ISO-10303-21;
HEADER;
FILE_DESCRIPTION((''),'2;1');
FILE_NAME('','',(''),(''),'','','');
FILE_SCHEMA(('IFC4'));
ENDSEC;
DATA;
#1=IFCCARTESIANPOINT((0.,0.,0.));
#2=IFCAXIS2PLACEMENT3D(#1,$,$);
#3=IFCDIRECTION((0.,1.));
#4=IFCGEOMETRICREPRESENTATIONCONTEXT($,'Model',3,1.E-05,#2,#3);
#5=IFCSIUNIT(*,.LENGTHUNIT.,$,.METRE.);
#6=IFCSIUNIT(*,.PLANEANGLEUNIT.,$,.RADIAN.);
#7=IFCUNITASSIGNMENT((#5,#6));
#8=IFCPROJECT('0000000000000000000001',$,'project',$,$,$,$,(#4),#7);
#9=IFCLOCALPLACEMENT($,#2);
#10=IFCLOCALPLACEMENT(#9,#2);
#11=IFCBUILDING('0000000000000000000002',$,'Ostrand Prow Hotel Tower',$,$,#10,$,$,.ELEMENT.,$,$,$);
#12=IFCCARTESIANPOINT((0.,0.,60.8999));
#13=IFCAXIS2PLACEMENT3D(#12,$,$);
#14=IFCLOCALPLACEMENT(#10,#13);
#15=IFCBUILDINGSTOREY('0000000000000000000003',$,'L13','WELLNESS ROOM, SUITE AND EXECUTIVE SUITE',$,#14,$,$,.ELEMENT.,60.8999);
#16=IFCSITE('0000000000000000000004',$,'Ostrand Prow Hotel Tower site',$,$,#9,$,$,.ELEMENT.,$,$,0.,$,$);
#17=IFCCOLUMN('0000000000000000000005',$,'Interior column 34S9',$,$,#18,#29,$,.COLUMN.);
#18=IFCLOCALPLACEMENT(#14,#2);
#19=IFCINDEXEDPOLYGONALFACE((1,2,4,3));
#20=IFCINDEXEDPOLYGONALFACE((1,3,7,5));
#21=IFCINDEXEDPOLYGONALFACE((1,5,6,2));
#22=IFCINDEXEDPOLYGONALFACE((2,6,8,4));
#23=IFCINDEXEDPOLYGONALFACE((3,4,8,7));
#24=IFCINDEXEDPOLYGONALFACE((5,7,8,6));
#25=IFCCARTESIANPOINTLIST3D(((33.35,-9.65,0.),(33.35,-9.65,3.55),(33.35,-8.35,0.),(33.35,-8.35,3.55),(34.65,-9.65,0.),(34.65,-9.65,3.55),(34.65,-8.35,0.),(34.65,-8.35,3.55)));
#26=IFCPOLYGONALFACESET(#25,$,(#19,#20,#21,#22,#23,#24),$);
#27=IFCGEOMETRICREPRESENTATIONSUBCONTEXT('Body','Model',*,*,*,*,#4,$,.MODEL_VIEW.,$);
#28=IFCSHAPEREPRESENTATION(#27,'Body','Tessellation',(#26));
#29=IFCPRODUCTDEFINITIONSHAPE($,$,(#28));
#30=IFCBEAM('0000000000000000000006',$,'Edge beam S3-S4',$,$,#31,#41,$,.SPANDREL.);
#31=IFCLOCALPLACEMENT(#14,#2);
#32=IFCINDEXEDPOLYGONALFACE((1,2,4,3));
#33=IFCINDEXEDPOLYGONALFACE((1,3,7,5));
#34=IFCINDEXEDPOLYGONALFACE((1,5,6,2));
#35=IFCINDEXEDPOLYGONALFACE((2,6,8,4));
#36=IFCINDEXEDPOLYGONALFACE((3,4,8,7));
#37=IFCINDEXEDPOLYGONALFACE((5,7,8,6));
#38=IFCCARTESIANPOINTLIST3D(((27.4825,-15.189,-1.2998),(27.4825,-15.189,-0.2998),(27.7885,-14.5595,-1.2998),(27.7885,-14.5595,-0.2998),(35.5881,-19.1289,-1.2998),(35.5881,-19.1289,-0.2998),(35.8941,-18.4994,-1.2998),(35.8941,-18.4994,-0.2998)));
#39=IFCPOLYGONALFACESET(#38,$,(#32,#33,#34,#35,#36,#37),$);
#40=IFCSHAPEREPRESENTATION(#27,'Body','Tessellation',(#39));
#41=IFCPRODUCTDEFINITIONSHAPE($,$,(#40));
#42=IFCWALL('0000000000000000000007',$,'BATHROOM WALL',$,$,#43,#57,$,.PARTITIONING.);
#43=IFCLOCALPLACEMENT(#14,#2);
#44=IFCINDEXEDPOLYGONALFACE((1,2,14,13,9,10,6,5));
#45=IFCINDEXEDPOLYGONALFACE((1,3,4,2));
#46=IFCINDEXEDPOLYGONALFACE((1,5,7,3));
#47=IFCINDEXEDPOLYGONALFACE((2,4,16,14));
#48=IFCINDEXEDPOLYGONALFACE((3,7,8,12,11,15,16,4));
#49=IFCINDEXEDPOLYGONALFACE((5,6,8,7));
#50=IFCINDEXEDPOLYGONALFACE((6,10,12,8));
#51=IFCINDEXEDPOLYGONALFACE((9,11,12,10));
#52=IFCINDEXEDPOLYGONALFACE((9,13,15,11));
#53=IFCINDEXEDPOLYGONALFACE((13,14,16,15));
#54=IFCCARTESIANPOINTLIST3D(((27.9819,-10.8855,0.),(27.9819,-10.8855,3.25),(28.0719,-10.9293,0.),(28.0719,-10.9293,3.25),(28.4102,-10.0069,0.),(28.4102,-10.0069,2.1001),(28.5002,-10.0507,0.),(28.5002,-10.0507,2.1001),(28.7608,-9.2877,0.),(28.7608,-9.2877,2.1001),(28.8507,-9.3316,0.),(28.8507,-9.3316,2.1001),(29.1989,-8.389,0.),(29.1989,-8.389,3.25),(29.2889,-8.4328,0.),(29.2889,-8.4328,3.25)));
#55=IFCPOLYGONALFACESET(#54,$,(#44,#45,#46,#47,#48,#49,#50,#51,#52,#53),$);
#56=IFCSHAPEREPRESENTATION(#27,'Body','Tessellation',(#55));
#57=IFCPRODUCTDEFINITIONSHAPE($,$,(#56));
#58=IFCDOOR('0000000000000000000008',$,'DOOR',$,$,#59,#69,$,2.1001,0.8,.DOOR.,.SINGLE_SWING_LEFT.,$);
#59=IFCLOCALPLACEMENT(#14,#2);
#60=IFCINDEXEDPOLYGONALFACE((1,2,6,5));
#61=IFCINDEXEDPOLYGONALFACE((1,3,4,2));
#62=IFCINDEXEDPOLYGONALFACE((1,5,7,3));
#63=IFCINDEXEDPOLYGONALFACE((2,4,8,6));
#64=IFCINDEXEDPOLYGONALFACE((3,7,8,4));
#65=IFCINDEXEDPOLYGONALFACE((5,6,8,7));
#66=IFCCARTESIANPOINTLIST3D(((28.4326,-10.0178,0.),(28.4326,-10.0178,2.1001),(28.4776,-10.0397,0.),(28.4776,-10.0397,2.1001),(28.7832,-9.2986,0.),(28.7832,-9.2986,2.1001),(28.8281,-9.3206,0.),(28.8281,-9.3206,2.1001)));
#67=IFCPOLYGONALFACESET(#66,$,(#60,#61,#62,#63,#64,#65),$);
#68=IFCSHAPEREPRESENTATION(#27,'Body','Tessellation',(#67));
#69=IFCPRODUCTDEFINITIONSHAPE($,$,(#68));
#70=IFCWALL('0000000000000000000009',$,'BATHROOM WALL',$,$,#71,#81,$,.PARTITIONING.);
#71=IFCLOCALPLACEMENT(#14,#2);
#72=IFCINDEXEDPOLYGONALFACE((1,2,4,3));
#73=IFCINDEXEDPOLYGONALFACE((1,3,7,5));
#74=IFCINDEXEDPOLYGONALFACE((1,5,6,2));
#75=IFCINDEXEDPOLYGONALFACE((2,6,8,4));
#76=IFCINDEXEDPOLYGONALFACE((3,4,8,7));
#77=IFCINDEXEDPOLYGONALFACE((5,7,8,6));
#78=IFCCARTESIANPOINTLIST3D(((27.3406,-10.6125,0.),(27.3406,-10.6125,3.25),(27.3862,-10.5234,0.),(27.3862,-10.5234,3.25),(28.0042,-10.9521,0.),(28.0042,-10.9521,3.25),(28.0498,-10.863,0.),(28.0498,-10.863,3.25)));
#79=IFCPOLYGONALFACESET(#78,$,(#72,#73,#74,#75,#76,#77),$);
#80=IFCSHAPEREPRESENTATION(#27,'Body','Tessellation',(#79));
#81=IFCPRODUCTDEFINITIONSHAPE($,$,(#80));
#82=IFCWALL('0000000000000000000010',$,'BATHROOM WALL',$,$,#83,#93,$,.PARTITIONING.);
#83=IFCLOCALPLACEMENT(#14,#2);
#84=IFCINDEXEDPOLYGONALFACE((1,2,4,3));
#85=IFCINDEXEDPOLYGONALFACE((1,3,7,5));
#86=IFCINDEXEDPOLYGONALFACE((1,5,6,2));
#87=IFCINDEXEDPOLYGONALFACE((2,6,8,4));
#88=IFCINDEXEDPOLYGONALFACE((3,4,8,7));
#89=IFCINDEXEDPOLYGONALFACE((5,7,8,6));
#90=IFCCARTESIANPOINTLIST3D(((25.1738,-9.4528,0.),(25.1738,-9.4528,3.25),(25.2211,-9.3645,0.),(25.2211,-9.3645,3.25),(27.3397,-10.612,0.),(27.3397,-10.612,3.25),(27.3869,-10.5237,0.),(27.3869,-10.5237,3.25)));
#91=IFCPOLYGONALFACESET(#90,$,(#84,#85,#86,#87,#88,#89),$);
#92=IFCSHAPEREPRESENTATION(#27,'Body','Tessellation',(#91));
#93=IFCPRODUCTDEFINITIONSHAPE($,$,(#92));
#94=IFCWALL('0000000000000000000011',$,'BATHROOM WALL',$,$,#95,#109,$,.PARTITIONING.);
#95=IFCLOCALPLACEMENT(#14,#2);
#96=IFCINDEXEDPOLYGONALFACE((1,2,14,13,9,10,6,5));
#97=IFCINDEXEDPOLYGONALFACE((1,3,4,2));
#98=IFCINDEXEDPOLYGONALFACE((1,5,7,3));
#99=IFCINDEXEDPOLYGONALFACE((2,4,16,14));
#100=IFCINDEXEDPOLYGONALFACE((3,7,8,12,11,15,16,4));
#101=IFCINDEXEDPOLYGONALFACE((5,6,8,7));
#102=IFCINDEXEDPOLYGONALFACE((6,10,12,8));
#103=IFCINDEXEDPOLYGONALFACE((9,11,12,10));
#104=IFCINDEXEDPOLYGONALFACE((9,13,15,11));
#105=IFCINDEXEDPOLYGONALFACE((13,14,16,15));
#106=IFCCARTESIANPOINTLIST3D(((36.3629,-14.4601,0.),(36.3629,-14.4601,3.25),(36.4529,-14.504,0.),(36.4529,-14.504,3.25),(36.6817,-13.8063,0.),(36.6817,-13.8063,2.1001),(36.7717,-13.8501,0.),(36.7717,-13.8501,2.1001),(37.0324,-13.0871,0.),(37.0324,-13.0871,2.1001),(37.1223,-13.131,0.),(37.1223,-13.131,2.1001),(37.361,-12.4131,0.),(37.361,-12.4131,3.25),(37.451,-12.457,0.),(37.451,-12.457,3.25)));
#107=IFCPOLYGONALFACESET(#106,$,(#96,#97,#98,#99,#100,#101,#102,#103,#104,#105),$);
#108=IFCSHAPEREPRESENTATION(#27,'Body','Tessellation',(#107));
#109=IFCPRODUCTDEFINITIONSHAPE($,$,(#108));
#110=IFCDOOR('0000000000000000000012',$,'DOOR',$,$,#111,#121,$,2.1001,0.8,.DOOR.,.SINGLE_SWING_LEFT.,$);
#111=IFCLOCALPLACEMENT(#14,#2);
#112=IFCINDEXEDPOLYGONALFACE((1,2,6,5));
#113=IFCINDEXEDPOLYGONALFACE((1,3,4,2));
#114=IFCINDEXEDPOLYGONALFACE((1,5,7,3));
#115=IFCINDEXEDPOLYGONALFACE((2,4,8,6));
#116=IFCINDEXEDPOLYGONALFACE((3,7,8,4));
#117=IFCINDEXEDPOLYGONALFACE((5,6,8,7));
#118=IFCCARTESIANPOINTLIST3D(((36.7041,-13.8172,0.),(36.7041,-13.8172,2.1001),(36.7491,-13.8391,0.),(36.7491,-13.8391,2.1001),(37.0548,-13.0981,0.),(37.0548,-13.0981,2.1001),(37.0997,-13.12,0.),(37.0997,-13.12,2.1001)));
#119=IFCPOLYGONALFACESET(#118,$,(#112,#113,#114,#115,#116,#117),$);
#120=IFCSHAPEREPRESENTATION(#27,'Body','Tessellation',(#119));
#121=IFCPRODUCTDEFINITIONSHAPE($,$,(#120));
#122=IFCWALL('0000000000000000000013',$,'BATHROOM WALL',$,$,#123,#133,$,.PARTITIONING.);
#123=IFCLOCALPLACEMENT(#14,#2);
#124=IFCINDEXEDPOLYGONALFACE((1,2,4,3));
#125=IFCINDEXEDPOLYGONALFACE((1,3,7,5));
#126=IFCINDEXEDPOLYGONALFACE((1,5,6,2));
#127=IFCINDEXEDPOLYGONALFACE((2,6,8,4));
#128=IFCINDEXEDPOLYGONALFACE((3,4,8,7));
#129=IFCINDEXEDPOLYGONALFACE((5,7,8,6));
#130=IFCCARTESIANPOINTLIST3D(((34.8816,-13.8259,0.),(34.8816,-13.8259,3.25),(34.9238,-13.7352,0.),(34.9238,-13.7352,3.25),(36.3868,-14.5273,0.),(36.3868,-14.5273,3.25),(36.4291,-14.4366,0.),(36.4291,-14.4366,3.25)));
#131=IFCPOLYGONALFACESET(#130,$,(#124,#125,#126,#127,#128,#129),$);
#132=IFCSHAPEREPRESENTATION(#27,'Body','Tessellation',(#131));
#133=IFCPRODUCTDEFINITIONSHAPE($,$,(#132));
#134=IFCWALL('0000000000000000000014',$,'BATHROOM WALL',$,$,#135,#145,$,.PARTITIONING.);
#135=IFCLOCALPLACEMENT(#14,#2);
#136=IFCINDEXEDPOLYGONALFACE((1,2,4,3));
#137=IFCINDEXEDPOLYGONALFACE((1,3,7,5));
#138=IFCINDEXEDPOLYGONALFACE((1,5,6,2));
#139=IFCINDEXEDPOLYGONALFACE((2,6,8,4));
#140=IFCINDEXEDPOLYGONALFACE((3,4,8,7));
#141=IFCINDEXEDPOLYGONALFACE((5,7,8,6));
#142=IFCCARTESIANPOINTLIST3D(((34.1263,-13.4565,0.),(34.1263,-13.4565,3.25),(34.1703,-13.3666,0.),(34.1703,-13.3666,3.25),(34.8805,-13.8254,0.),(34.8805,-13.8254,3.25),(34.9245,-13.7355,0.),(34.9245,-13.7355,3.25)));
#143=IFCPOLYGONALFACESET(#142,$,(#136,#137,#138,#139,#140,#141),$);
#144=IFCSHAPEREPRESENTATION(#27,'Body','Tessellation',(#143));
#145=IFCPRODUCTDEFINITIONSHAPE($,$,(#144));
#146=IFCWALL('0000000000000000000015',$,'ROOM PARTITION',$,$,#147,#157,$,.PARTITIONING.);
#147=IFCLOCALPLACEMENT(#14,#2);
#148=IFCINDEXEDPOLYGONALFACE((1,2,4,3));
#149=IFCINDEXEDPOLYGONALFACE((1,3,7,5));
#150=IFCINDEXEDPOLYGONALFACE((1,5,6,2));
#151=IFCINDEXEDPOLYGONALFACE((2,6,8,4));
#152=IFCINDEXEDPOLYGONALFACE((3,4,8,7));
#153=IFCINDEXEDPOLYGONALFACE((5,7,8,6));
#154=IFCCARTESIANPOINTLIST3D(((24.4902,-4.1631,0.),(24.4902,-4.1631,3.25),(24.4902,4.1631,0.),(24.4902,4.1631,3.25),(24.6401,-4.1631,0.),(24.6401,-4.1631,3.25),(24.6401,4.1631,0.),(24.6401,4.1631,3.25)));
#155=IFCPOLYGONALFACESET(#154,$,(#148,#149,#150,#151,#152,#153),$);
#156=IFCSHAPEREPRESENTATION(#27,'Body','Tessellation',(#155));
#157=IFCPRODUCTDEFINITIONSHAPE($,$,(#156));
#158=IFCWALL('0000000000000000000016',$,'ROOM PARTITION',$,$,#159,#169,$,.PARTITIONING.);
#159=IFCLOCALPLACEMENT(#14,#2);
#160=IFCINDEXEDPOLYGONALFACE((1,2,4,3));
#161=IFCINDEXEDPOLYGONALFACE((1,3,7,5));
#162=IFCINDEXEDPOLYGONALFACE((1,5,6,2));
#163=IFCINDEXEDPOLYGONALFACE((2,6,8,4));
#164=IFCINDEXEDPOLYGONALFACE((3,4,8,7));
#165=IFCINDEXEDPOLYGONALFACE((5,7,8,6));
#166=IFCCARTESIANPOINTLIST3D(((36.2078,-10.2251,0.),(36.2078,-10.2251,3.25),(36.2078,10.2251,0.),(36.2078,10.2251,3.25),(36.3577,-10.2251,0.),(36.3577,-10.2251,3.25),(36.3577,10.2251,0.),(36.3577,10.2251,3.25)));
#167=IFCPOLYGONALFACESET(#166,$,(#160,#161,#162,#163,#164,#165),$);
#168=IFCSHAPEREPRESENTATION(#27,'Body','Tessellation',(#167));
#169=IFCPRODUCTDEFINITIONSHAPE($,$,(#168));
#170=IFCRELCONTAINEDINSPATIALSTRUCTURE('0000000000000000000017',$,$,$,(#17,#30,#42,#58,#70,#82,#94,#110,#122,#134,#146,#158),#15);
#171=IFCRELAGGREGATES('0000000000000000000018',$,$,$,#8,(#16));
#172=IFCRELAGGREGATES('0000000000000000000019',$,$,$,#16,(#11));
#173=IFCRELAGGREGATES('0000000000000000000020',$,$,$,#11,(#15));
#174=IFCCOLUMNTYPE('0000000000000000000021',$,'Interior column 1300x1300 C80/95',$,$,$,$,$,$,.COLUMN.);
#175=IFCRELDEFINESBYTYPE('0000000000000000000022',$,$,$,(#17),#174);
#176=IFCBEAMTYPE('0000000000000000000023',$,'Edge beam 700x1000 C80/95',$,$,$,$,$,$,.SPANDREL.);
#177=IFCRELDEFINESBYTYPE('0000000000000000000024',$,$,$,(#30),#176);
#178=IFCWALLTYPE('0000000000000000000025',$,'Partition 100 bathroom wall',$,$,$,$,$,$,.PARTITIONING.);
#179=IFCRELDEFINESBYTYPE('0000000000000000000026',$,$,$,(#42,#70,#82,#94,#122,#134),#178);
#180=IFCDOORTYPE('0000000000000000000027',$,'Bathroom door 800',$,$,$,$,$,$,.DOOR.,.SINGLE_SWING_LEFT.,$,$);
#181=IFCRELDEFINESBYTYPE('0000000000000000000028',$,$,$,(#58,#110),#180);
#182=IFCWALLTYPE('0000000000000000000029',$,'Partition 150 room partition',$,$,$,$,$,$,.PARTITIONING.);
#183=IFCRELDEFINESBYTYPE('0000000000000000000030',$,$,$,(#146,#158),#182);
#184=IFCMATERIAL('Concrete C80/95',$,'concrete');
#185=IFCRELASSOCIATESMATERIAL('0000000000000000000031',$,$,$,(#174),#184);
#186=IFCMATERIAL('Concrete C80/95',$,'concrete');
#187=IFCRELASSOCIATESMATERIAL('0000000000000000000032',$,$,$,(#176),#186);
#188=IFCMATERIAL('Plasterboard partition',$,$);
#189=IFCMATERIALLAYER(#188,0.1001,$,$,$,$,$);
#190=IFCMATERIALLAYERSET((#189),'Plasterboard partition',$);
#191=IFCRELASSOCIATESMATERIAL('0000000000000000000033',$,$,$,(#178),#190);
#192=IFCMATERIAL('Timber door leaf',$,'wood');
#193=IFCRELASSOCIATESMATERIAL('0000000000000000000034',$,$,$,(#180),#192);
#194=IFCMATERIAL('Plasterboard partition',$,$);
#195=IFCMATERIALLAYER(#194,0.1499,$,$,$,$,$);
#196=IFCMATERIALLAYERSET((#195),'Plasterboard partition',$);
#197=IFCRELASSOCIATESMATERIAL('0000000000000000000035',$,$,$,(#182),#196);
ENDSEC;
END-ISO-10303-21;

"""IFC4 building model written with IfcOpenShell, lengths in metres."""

from ifc_helpers import new_model, si_unit, direction, frame, frame_2d, origin, origin_2d, place, context, subcontext, project, spatial, rectangle, extrude, material, layer, layer_set, material_profile, profile_set, type_object, element, fill, save


model = new_model("IFC4")

# Units and contexts
model_context = context("Model", 3, precision=1e-05, world=origin(), true_north=direction((0.0, 1.0)))
body_context = subcontext(model_context, "Body", "Model", "MODEL_VIEW")
ifc_project = project(units=[si_unit("LENGTHUNIT", "METRE"), si_unit("PLANEANGLEUNIT", "RADIAN")], contexts=[model_context])

# Site, building, storey
site_placement = place(None, origin())
site = spatial("IfcSite", under=ifc_project, at=site_placement, Name="Ostrand Prow Hotel Tower site", CompositionType="ELEMENT", RefElevation=0.0)
building_placement = place(site_placement, origin())
building = spatial("IfcBuilding", under=site, at=building_placement, Name="Ostrand Prow Hotel Tower", CompositionType="ELEMENT")
storey_placement = place(building_placement, frame((0.0, 0.0, 60.8999)))
storey = spatial("IfcBuildingStorey", under=building, at=storey_placement, Name="L13", Description="WELLNESS ROOM, SUITE AND EXECUTIVE SUITE", CompositionType="ELEMENT", Elevation=60.8999)

# Column
ifc_material_1 = material(Name="Concrete C80/95", Category="concrete")
ifc_material_profile_1 = material_profile(ifc_material_1, rectangle(XDim=1.3, YDim=1.3, at=origin_2d()), Name="RC 1300x1300")
ifc_profile_set_1 = profile_set([ifc_material_profile_1], Name="Concrete C80/95")
column_type = type_object("IfcColumnType", Name="Interior column 1300x1300 C80/95", PredefinedType="COLUMN", material=ifc_profile_set_1)
column_placement = place(storey_placement, frame((34.0, -9.0, 0.0), z_axis=(0.0, 0.0, 1.0), x_axis=(1.0, 0.0, 0.0)))
element("IfcColumn", 1, at=column_placement, inside=storey, type_object=column_type, Name="Interior column 34S9", PredefinedType="COLUMN", context=body_context, shape_type="SweptSolid", body=[
    extrude(rectangle(XDim=1.3, YDim=1.3, at=origin_2d()), origin(), (0.0, 0.0, 1.0), 3.55),
])

# Beam
ifc_material_2 = material(Name="Concrete C80/95", Category="concrete")
ifc_material_profile_2 = material_profile(ifc_material_2, rectangle(XDim=0.7, YDim=1.0, at=origin_2d()), Name="RC 700x1000")
ifc_profile_set_2 = profile_set([ifc_material_profile_2], Name="Concrete C80/95")
beam_type = type_object("IfcBeamType", Name="Edge beam 700x1000 C80/95", PredefinedType="SPANDREL", material=ifc_profile_set_2)
beam_placement = place(storey_placement, frame((27.6355, -14.8743, -0.7998), z_axis=(0.899382, -0.437163, 0.0), x_axis=(0.437163, 0.899382, 0.0)))
element("IfcBeam", 2, at=beam_placement, inside=storey, type_object=beam_type, Name="Edge beam S3-S4", PredefinedType="SPANDREL", context=body_context, shape_type="SweptSolid", body=[
    extrude(rectangle(XDim=0.7, YDim=1.0, at=origin_2d()), origin(), (0.0, 0.0, 1.0), 9.0125),
])

# Wall, opening, door
ifc_material_3 = material(Name="Plasterboard partition")
ifc_layer_1 = layer(ifc_material_3, 0.1001)
ifc_layer_set_1 = layer_set([ifc_layer_1], Name="Plasterboard partition")
wall_type_1 = type_object("IfcWallType", Name="Partition 100 bathroom wall", PredefinedType="PARTITIONING", material=ifc_layer_set_1)
wall_1_placement = place(storey_placement, frame((29.2439, -8.4109, 0.0), z_axis=(0.0, 0.0, 1.0), x_axis=(-0.43819, -0.898882, 0.0)))
wall_1 = element("IfcWall", 3, at=wall_1_placement, inside=storey, type_object=wall_type_1, Name="BATHROOM WALL", PredefinedType="PARTITIONING", context=body_context, shape_type="SweptSolid", body=[
    extrude(rectangle(XDim=2.7773, YDim=0.1001, at=frame_2d((1.3887, 0.0))), origin(), (0.0, 0.0, 1.0), 3.25),
])
opening_1_placement = place(wall_1_placement, frame((1.0, 0.0, 0.0)))
opening_1 = element("IfcOpeningElement", 4, at=opening_1_placement, cuts=wall_1, PredefinedType="OPENING", context=body_context, shape_type="SweptSolid", body=[
    extrude(rectangle(XDim=0.8, YDim=2.1001, at=frame_2d((0.3999, 1.05))), frame((0.0, 0.0601, 0.0), z_axis=(0.0, -1.0, 0.0), x_axis=(1.0, 0.0, 0.0)), (0.0, 0.0, 1.0), 0.1201),
])
ifc_material_4 = material(Name="Timber door leaf", Category="wood")
door_type_1 = type_object("IfcDoorType", Name="Bathroom door 800", OperationType="SINGLE_SWING_LEFT", PredefinedType="DOOR", material=ifc_material_4)
door_1_placement = place(opening_1_placement, origin())
door_1 = element("IfcDoor", 5, at=door_1_placement, inside=storey, type_object=door_type_1, Name="DOOR", OperationType="SINGLE_SWING_LEFT", OverallHeight=2.1001, OverallWidth=0.8, PredefinedType="DOOR", context=body_context, shape_type="SweptSolid", body=[
    extrude(rectangle(XDim=0.8, YDim=2.1001, at=frame_2d((0.3999, 1.05))), frame((0.0, 0.0249, 0.0), z_axis=(0.0, -1.0, 0.0), x_axis=(1.0, 0.0, 0.0)), (0.0, 0.0, 1.0), 0.05),
])
fill(opening_1, door_1)

# Walls
wall_2_placement = place(storey_placement, frame((28.0269, -10.9075, 0.0), z_axis=(0.0, 0.0, 1.0), x_axis=(-0.890196, 0.455578, 0.0)))
element("IfcWall", 6, at=wall_2_placement, inside=storey, type_object=wall_type_1, Name="BATHROOM WALL", PredefinedType="PARTITIONING", context=body_context, shape_type="SweptSolid", body=[
    extrude(rectangle(XDim=0.7454, YDim=0.1001, at=frame_2d((0.3726, 0.0))), origin(), (0.0, 0.0, 1.0), 3.25),
])
wall_3_placement = place(storey_placement, frame((27.3633, -10.5679, 0.0), z_axis=(0.0, 0.0, 1.0), x_axis=(-0.881659, 0.471888, 0.0)))
element("IfcWall", 7, at=wall_3_placement, inside=storey, type_object=wall_type_1, Name="BATHROOM WALL", PredefinedType="PARTITIONING", context=body_context, shape_type="SweptSolid", body=[
    extrude(rectangle(XDim=2.4565, YDim=0.1001, at=frame_2d((1.2283, 0.0))), origin(), (0.0, 0.0, 1.0), 3.25),
])

# Wall, opening, door
wall_4_placement = place(storey_placement, frame((37.406, -12.4351, 0.0), z_axis=(0.0, 0.0, 1.0), x_axis=(-0.438272, -0.898843, 0.0)))
wall_4 = element("IfcWall", 8, at=wall_4_placement, inside=storey, type_object=wall_type_1, Name="BATHROOM WALL", PredefinedType="PARTITIONING", context=body_context, shape_type="SweptSolid", body=[
    extrude(rectangle(XDim=2.2773, YDim=0.1001, at=frame_2d((1.1387, 0.0))), origin(), (0.0, 0.0, 1.0), 3.25),
])
opening_2_placement = place(wall_4_placement, frame((0.75, 0.0, 0.0)))
opening_2 = element("IfcOpeningElement", 9, at=opening_2_placement, cuts=wall_4, PredefinedType="OPENING", context=body_context, shape_type="SweptSolid", body=[
    extrude(rectangle(XDim=0.8, YDim=2.1001, at=frame_2d((0.3999, 1.05))), frame((0.0, 0.0601, 0.0), z_axis=(0.0, -1.0, 0.0), x_axis=(1.0, 0.0, 0.0)), (0.0, 0.0, 1.0), 0.1201),
])
door_2_placement = place(opening_2_placement, origin())
door_2 = element("IfcDoor", 10, at=door_2_placement, inside=storey, type_object=door_type_1, Name="DOOR", OperationType="SINGLE_SWING_LEFT", OverallHeight=2.1001, OverallWidth=0.8, PredefinedType="DOOR", context=body_context, shape_type="SweptSolid", body=[
    extrude(rectangle(XDim=0.8, YDim=2.1001, at=frame_2d((0.3999, 1.05))), frame((0.0, 0.0249, 0.0), z_axis=(0.0, -1.0, 0.0), x_axis=(1.0, 0.0, 0.0)), (0.0, 0.0, 1.0), 0.05),
])
fill(opening_2, door_2)

# Walls
wall_5_placement = place(storey_placement, frame((36.408, -14.4819, 0.0), z_axis=(0.0, 0.0, 1.0), x_axis=(-0.906435, 0.422346, 0.0)))
element("IfcWall", 11, at=wall_5_placement, inside=storey, type_object=wall_type_1, Name="BATHROOM WALL", PredefinedType="PARTITIONING", context=body_context, shape_type="SweptSolid", body=[
    extrude(rectangle(XDim=1.6606, YDim=0.1001, at=frame_2d((0.8303, 0.0))), origin(), (0.0, 0.0, 1.0), 3.25),
])
wall_6_placement = place(storey_placement, frame((34.9026, -13.7805, 0.0), z_axis=(0.0, 0.0, 1.0), x_axis=(-0.89829, 0.439403, 0.0)))
element("IfcWall", 12, at=wall_6_placement, inside=storey, type_object=wall_type_1, Name="BATHROOM WALL", PredefinedType="PARTITIONING", context=body_context, shape_type="SweptSolid", body=[
    extrude(rectangle(XDim=0.8396, YDim=0.1001, at=frame_2d((0.4199, 0.0))), origin(), (0.0, 0.0, 1.0), 3.25),
])
ifc_material_5 = material(Name="Plasterboard partition")
ifc_layer_2 = layer(ifc_material_5, 0.1499)
ifc_layer_set_2 = layer_set([ifc_layer_2], Name="Plasterboard partition")
wall_type_2 = type_object("IfcWallType", Name="Partition 150 room partition", PredefinedType="PARTITIONING", material=ifc_layer_set_2)
wall_7_placement = place(storey_placement, frame((24.5652, -4.1631, 0.0), z_axis=(0.0, 0.0, 1.0), x_axis=(0.0, 1.0, 0.0)))
element("IfcWall", 13, at=wall_7_placement, inside=storey, type_object=wall_type_2, Name="ROOM PARTITION", PredefinedType="PARTITIONING", context=body_context, shape_type="SweptSolid", body=[
    extrude(rectangle(XDim=8.3262, YDim=0.1499, at=frame_2d((4.1631, 0.0))), origin(), (0.0, 0.0, 1.0), 3.25),
])
wall_8_placement = place(storey_placement, frame((36.2827, -10.2251, 0.0), z_axis=(0.0, 0.0, 1.0), x_axis=(0.0, 1.0, 0.0)))
element("IfcWall", 14, at=wall_8_placement, inside=storey, type_object=wall_type_2, Name="ROOM PARTITION", PredefinedType="PARTITIONING", context=body_context, shape_type="SweptSolid", body=[
    extrude(rectangle(XDim=20.4502, YDim=0.1499, at=frame_2d((10.2251, 0.0))), origin(), (0.0, 0.0, 1.0), 3.25),
])

save(model, "model.ifc")
